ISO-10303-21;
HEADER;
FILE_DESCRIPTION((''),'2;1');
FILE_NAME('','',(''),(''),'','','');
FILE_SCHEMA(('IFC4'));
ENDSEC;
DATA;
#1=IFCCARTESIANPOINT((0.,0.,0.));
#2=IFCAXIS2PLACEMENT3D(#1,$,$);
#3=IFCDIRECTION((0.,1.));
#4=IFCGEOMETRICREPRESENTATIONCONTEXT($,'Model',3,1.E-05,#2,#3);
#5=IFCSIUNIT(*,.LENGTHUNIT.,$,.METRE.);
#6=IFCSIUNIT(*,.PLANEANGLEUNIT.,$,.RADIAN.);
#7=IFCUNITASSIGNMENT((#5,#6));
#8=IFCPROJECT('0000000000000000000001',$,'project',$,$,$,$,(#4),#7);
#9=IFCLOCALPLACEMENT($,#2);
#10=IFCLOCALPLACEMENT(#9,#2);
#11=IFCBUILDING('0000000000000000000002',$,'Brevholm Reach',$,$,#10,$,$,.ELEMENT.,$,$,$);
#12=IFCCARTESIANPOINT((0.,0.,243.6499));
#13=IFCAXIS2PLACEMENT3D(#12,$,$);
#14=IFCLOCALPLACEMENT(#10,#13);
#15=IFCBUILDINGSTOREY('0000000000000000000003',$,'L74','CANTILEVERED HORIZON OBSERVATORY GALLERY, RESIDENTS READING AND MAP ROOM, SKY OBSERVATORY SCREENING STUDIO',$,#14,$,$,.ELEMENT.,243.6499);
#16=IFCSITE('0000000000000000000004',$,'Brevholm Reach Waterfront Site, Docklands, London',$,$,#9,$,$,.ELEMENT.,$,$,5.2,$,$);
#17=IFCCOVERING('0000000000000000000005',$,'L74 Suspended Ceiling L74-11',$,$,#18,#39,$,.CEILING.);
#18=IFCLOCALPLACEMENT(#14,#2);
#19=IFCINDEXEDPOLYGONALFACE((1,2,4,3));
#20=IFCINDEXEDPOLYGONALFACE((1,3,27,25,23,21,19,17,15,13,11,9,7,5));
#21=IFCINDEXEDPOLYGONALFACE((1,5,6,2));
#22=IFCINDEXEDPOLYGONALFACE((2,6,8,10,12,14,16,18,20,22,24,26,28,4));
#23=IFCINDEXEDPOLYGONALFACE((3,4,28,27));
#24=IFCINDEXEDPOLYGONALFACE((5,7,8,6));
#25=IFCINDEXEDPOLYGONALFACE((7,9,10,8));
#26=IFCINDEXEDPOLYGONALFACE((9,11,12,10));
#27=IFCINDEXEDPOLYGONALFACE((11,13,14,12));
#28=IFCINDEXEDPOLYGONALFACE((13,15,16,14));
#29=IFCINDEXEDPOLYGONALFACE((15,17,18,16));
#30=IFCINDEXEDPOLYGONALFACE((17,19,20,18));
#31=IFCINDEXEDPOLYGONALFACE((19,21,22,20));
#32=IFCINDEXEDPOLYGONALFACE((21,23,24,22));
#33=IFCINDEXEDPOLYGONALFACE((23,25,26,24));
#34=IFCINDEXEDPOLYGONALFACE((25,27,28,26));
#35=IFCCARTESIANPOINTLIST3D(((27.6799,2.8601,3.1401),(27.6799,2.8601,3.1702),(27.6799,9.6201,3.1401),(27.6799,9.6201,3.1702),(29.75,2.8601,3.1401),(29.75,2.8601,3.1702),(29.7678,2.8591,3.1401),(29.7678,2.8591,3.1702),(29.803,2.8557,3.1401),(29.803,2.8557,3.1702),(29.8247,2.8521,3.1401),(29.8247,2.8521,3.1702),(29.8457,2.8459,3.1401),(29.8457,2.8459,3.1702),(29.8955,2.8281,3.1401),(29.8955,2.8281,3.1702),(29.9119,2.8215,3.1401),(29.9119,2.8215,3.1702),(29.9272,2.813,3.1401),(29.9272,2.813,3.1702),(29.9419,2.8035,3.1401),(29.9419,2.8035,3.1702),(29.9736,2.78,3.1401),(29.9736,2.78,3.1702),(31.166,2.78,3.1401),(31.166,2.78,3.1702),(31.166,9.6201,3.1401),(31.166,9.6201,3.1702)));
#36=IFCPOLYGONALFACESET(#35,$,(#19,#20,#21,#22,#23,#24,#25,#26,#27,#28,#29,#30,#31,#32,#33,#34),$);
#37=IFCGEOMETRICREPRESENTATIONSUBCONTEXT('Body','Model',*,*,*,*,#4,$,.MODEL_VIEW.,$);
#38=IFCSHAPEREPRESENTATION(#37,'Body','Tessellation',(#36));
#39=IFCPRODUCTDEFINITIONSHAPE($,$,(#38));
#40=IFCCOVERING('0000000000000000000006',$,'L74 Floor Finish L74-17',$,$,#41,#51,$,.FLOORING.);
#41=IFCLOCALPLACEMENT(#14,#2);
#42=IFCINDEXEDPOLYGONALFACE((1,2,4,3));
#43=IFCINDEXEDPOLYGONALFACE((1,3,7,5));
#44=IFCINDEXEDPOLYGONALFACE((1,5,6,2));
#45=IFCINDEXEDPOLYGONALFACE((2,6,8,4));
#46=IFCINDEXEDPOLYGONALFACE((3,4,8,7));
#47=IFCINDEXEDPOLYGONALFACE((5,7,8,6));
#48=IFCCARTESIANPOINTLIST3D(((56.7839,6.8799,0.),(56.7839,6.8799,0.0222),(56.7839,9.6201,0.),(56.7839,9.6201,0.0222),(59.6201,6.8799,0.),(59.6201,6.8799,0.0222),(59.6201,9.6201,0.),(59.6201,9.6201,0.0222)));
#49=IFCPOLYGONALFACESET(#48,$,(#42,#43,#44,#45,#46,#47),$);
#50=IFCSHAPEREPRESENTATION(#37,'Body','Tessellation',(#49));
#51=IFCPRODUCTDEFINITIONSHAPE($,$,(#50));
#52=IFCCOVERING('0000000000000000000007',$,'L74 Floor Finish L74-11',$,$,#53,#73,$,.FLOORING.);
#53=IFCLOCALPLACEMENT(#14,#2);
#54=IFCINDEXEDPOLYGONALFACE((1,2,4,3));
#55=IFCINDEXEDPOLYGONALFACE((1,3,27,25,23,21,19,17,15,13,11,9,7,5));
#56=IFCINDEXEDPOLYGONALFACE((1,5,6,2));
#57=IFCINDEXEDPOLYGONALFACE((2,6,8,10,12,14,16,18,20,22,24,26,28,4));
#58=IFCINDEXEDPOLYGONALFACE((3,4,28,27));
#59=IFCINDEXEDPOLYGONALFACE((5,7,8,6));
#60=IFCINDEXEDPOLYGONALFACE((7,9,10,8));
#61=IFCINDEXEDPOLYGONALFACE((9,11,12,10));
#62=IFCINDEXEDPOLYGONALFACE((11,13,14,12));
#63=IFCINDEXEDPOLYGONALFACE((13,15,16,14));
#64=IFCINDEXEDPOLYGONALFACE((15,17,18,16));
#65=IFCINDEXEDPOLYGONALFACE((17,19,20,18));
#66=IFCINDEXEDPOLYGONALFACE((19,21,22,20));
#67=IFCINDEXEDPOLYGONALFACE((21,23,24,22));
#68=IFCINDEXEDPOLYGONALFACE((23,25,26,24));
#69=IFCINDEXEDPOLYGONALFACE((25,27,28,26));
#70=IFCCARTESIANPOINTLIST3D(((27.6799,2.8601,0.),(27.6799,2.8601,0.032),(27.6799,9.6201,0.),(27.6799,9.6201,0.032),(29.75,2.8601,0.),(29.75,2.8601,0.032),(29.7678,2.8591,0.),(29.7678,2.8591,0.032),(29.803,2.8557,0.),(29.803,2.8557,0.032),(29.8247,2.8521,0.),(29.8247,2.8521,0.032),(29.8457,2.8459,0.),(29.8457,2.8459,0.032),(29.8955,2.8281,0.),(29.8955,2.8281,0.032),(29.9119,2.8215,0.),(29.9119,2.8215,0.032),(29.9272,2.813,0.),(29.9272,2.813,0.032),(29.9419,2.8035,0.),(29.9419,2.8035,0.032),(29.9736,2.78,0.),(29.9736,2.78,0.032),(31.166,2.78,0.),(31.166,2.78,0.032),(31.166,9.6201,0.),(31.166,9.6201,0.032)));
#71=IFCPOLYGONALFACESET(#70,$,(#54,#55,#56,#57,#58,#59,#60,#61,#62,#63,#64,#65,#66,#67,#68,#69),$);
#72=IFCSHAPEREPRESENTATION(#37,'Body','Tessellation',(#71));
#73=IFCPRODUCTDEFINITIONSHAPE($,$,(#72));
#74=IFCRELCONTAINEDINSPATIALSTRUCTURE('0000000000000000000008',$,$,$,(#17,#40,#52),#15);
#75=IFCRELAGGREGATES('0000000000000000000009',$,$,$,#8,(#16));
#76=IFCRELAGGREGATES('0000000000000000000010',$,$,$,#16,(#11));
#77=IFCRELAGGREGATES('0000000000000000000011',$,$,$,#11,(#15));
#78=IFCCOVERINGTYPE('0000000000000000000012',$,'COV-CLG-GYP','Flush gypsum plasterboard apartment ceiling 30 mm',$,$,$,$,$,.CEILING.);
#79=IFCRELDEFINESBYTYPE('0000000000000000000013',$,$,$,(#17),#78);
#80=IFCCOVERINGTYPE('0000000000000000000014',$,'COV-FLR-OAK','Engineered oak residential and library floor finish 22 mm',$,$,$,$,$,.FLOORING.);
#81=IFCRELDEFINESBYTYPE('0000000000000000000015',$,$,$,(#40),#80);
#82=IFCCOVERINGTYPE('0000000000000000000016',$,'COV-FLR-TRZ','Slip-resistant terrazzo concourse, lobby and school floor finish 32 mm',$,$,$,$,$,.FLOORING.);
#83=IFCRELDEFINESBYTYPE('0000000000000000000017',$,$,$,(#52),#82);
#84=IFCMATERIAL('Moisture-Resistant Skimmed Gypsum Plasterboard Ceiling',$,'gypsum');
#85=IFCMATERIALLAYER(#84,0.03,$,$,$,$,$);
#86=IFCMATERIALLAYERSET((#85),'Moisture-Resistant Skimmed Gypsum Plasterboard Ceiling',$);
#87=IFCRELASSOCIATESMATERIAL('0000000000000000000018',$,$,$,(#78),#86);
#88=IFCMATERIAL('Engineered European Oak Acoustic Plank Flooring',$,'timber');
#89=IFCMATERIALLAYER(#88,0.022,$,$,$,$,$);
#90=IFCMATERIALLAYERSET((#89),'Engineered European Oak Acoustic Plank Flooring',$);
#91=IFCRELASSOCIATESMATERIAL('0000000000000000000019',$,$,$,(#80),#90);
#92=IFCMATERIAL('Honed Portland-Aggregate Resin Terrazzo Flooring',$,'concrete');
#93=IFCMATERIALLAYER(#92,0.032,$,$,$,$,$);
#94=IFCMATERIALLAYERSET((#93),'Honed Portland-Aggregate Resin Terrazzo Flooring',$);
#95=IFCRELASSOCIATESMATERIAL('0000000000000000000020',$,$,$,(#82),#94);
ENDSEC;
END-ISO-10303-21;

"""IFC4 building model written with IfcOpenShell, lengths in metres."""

from ifc_helpers import new_model, si_unit, direction, frame, origin, place, context, subcontext, project, spatial, polyline, outline, extrude, material, layer, layer_set, type_object, element, save


model = new_model("IFC4")

# Units and contexts
model_context = context("Model", 3, precision=1e-05, world=origin(), true_north=direction((0.0, 1.0)))
body_context = subcontext(model_context, "Body", "Model", "MODEL_VIEW")
ifc_project = project(units=[si_unit("LENGTHUNIT", "METRE"), si_unit("PLANEANGLEUNIT", "RADIAN")], contexts=[model_context])

# Site, building, storey
site_placement = place(None, origin())
site = spatial("IfcSite", under=ifc_project, at=site_placement, Name="Brevholm Reach Waterfront Site, Docklands, London", CompositionType="ELEMENT", RefElevation=5.2)
building_placement = place(site_placement, origin())
building = spatial("IfcBuilding", under=site, at=building_placement, Name="Brevholm Reach", CompositionType="ELEMENT")
storey_placement = place(building_placement, frame((0.0, 0.0, 243.6499)))
storey = spatial("IfcBuildingStorey", under=building, at=storey_placement, Name="L74", Description="CANTILEVERED HORIZON OBSERVATORY GALLERY, RESIDENTS READING AND MAP ROOM, SKY OBSERVATORY SCREENING STUDIO", CompositionType="ELEMENT", Elevation=243.6499)

# Coverings
ifc_material_1 = material(Name="Moisture-Resistant Skimmed Gypsum Plasterboard Ceiling", Category="gypsum")
ifc_layer_1 = layer(ifc_material_1, 0.03)
ifc_layer_set_1 = layer_set([ifc_layer_1], Name="Moisture-Resistant Skimmed Gypsum Plasterboard Ceiling")
covering_type_1 = type_object("IfcCoveringType", Name="COV-CLG-GYP", Description="Flush gypsum plasterboard apartment ceiling 30 mm", PredefinedType="CEILING", material=ifc_layer_set_1)
covering_1_placement = place(storey_placement, frame((0.0, 0.0, 3.1401)))
element("IfcCovering", 1, at=covering_1_placement, inside=storey, type_object=covering_type_1, Name="L74 Suspended Ceiling L74-11", PredefinedType="CEILING", context=body_context, shape_type="SweptSolid", body=[
    extrude(outline(polyline([(31.166, 9.6201), (31.166, 2.78), (29.9736, 2.78), (29.9419, 2.8035), (29.9272, 2.813), (29.9119, 2.8215), (29.8955, 2.8281), (29.8457, 2.8459), (29.8247, 2.8521), (29.803, 2.8557), (29.7678, 2.8591), (29.75, 2.8601), (27.6799, 2.8601), (27.6799, 9.6201), (31.166, 9.6201)])), origin(), (0.0, 0.0, 1.0), 0.03),
])
ifc_material_2 = material(Name="Engineered European Oak Acoustic Plank Flooring", Category="timber")
ifc_layer_2 = layer(ifc_material_2, 0.022)
ifc_layer_set_2 = layer_set([ifc_layer_2], Name="Engineered European Oak Acoustic Plank Flooring")
covering_type_2 = type_object("IfcCoveringType", Name="COV-FLR-OAK", Description="Engineered oak residential and library floor finish 22 mm", PredefinedType="FLOORING", material=ifc_layer_set_2)
covering_2_placement = place(storey_placement, origin())
element("IfcCovering", 2, at=covering_2_placement, inside=storey, type_object=covering_type_2, Name="L74 Floor Finish L74-17", PredefinedType="FLOORING", context=body_context, shape_type="SweptSolid", body=[
    extrude(outline(polyline([(59.6201, 9.6201), (59.6201, 6.8799), (56.7839, 6.8799), (56.7839, 9.6201), (59.6201, 9.6201)])), origin(), (0.0, 0.0, 1.0), 0.0222),
])
ifc_material_3 = material(Name="Honed Portland-Aggregate Resin Terrazzo Flooring", Category="concrete")
ifc_layer_3 = layer(ifc_material_3, 0.032)
ifc_layer_set_3 = layer_set([ifc_layer_3], Name="Honed Portland-Aggregate Resin Terrazzo Flooring")
covering_type_3 = type_object("IfcCoveringType", Name="COV-FLR-TRZ", Description="Slip-resistant terrazzo concourse, lobby and school floor finish 32 mm", PredefinedType="FLOORING", material=ifc_layer_set_3)
covering_3_placement = place(storey_placement, origin())
element("IfcCovering", 3, at=covering_3_placement, inside=storey, type_object=covering_type_3, Name="L74 Floor Finish L74-11", PredefinedType="FLOORING", context=body_context, shape_type="SweptSolid", body=[
    extrude(outline(polyline([(31.166, 9.6201), (31.166, 2.78), (29.9736, 2.78), (29.9419, 2.8035), (29.9272, 2.813), (29.9119, 2.8215), (29.8955, 2.8281), (29.8457, 2.8459), (29.8247, 2.8521), (29.803, 2.8557), (29.7678, 2.8591), (29.75, 2.8601), (27.6799, 2.8601), (27.6799, 9.6201), (31.166, 9.6201)])), origin(), (0.0, 0.0, 1.0), 0.032),
])

save(model, "model.ifc")
